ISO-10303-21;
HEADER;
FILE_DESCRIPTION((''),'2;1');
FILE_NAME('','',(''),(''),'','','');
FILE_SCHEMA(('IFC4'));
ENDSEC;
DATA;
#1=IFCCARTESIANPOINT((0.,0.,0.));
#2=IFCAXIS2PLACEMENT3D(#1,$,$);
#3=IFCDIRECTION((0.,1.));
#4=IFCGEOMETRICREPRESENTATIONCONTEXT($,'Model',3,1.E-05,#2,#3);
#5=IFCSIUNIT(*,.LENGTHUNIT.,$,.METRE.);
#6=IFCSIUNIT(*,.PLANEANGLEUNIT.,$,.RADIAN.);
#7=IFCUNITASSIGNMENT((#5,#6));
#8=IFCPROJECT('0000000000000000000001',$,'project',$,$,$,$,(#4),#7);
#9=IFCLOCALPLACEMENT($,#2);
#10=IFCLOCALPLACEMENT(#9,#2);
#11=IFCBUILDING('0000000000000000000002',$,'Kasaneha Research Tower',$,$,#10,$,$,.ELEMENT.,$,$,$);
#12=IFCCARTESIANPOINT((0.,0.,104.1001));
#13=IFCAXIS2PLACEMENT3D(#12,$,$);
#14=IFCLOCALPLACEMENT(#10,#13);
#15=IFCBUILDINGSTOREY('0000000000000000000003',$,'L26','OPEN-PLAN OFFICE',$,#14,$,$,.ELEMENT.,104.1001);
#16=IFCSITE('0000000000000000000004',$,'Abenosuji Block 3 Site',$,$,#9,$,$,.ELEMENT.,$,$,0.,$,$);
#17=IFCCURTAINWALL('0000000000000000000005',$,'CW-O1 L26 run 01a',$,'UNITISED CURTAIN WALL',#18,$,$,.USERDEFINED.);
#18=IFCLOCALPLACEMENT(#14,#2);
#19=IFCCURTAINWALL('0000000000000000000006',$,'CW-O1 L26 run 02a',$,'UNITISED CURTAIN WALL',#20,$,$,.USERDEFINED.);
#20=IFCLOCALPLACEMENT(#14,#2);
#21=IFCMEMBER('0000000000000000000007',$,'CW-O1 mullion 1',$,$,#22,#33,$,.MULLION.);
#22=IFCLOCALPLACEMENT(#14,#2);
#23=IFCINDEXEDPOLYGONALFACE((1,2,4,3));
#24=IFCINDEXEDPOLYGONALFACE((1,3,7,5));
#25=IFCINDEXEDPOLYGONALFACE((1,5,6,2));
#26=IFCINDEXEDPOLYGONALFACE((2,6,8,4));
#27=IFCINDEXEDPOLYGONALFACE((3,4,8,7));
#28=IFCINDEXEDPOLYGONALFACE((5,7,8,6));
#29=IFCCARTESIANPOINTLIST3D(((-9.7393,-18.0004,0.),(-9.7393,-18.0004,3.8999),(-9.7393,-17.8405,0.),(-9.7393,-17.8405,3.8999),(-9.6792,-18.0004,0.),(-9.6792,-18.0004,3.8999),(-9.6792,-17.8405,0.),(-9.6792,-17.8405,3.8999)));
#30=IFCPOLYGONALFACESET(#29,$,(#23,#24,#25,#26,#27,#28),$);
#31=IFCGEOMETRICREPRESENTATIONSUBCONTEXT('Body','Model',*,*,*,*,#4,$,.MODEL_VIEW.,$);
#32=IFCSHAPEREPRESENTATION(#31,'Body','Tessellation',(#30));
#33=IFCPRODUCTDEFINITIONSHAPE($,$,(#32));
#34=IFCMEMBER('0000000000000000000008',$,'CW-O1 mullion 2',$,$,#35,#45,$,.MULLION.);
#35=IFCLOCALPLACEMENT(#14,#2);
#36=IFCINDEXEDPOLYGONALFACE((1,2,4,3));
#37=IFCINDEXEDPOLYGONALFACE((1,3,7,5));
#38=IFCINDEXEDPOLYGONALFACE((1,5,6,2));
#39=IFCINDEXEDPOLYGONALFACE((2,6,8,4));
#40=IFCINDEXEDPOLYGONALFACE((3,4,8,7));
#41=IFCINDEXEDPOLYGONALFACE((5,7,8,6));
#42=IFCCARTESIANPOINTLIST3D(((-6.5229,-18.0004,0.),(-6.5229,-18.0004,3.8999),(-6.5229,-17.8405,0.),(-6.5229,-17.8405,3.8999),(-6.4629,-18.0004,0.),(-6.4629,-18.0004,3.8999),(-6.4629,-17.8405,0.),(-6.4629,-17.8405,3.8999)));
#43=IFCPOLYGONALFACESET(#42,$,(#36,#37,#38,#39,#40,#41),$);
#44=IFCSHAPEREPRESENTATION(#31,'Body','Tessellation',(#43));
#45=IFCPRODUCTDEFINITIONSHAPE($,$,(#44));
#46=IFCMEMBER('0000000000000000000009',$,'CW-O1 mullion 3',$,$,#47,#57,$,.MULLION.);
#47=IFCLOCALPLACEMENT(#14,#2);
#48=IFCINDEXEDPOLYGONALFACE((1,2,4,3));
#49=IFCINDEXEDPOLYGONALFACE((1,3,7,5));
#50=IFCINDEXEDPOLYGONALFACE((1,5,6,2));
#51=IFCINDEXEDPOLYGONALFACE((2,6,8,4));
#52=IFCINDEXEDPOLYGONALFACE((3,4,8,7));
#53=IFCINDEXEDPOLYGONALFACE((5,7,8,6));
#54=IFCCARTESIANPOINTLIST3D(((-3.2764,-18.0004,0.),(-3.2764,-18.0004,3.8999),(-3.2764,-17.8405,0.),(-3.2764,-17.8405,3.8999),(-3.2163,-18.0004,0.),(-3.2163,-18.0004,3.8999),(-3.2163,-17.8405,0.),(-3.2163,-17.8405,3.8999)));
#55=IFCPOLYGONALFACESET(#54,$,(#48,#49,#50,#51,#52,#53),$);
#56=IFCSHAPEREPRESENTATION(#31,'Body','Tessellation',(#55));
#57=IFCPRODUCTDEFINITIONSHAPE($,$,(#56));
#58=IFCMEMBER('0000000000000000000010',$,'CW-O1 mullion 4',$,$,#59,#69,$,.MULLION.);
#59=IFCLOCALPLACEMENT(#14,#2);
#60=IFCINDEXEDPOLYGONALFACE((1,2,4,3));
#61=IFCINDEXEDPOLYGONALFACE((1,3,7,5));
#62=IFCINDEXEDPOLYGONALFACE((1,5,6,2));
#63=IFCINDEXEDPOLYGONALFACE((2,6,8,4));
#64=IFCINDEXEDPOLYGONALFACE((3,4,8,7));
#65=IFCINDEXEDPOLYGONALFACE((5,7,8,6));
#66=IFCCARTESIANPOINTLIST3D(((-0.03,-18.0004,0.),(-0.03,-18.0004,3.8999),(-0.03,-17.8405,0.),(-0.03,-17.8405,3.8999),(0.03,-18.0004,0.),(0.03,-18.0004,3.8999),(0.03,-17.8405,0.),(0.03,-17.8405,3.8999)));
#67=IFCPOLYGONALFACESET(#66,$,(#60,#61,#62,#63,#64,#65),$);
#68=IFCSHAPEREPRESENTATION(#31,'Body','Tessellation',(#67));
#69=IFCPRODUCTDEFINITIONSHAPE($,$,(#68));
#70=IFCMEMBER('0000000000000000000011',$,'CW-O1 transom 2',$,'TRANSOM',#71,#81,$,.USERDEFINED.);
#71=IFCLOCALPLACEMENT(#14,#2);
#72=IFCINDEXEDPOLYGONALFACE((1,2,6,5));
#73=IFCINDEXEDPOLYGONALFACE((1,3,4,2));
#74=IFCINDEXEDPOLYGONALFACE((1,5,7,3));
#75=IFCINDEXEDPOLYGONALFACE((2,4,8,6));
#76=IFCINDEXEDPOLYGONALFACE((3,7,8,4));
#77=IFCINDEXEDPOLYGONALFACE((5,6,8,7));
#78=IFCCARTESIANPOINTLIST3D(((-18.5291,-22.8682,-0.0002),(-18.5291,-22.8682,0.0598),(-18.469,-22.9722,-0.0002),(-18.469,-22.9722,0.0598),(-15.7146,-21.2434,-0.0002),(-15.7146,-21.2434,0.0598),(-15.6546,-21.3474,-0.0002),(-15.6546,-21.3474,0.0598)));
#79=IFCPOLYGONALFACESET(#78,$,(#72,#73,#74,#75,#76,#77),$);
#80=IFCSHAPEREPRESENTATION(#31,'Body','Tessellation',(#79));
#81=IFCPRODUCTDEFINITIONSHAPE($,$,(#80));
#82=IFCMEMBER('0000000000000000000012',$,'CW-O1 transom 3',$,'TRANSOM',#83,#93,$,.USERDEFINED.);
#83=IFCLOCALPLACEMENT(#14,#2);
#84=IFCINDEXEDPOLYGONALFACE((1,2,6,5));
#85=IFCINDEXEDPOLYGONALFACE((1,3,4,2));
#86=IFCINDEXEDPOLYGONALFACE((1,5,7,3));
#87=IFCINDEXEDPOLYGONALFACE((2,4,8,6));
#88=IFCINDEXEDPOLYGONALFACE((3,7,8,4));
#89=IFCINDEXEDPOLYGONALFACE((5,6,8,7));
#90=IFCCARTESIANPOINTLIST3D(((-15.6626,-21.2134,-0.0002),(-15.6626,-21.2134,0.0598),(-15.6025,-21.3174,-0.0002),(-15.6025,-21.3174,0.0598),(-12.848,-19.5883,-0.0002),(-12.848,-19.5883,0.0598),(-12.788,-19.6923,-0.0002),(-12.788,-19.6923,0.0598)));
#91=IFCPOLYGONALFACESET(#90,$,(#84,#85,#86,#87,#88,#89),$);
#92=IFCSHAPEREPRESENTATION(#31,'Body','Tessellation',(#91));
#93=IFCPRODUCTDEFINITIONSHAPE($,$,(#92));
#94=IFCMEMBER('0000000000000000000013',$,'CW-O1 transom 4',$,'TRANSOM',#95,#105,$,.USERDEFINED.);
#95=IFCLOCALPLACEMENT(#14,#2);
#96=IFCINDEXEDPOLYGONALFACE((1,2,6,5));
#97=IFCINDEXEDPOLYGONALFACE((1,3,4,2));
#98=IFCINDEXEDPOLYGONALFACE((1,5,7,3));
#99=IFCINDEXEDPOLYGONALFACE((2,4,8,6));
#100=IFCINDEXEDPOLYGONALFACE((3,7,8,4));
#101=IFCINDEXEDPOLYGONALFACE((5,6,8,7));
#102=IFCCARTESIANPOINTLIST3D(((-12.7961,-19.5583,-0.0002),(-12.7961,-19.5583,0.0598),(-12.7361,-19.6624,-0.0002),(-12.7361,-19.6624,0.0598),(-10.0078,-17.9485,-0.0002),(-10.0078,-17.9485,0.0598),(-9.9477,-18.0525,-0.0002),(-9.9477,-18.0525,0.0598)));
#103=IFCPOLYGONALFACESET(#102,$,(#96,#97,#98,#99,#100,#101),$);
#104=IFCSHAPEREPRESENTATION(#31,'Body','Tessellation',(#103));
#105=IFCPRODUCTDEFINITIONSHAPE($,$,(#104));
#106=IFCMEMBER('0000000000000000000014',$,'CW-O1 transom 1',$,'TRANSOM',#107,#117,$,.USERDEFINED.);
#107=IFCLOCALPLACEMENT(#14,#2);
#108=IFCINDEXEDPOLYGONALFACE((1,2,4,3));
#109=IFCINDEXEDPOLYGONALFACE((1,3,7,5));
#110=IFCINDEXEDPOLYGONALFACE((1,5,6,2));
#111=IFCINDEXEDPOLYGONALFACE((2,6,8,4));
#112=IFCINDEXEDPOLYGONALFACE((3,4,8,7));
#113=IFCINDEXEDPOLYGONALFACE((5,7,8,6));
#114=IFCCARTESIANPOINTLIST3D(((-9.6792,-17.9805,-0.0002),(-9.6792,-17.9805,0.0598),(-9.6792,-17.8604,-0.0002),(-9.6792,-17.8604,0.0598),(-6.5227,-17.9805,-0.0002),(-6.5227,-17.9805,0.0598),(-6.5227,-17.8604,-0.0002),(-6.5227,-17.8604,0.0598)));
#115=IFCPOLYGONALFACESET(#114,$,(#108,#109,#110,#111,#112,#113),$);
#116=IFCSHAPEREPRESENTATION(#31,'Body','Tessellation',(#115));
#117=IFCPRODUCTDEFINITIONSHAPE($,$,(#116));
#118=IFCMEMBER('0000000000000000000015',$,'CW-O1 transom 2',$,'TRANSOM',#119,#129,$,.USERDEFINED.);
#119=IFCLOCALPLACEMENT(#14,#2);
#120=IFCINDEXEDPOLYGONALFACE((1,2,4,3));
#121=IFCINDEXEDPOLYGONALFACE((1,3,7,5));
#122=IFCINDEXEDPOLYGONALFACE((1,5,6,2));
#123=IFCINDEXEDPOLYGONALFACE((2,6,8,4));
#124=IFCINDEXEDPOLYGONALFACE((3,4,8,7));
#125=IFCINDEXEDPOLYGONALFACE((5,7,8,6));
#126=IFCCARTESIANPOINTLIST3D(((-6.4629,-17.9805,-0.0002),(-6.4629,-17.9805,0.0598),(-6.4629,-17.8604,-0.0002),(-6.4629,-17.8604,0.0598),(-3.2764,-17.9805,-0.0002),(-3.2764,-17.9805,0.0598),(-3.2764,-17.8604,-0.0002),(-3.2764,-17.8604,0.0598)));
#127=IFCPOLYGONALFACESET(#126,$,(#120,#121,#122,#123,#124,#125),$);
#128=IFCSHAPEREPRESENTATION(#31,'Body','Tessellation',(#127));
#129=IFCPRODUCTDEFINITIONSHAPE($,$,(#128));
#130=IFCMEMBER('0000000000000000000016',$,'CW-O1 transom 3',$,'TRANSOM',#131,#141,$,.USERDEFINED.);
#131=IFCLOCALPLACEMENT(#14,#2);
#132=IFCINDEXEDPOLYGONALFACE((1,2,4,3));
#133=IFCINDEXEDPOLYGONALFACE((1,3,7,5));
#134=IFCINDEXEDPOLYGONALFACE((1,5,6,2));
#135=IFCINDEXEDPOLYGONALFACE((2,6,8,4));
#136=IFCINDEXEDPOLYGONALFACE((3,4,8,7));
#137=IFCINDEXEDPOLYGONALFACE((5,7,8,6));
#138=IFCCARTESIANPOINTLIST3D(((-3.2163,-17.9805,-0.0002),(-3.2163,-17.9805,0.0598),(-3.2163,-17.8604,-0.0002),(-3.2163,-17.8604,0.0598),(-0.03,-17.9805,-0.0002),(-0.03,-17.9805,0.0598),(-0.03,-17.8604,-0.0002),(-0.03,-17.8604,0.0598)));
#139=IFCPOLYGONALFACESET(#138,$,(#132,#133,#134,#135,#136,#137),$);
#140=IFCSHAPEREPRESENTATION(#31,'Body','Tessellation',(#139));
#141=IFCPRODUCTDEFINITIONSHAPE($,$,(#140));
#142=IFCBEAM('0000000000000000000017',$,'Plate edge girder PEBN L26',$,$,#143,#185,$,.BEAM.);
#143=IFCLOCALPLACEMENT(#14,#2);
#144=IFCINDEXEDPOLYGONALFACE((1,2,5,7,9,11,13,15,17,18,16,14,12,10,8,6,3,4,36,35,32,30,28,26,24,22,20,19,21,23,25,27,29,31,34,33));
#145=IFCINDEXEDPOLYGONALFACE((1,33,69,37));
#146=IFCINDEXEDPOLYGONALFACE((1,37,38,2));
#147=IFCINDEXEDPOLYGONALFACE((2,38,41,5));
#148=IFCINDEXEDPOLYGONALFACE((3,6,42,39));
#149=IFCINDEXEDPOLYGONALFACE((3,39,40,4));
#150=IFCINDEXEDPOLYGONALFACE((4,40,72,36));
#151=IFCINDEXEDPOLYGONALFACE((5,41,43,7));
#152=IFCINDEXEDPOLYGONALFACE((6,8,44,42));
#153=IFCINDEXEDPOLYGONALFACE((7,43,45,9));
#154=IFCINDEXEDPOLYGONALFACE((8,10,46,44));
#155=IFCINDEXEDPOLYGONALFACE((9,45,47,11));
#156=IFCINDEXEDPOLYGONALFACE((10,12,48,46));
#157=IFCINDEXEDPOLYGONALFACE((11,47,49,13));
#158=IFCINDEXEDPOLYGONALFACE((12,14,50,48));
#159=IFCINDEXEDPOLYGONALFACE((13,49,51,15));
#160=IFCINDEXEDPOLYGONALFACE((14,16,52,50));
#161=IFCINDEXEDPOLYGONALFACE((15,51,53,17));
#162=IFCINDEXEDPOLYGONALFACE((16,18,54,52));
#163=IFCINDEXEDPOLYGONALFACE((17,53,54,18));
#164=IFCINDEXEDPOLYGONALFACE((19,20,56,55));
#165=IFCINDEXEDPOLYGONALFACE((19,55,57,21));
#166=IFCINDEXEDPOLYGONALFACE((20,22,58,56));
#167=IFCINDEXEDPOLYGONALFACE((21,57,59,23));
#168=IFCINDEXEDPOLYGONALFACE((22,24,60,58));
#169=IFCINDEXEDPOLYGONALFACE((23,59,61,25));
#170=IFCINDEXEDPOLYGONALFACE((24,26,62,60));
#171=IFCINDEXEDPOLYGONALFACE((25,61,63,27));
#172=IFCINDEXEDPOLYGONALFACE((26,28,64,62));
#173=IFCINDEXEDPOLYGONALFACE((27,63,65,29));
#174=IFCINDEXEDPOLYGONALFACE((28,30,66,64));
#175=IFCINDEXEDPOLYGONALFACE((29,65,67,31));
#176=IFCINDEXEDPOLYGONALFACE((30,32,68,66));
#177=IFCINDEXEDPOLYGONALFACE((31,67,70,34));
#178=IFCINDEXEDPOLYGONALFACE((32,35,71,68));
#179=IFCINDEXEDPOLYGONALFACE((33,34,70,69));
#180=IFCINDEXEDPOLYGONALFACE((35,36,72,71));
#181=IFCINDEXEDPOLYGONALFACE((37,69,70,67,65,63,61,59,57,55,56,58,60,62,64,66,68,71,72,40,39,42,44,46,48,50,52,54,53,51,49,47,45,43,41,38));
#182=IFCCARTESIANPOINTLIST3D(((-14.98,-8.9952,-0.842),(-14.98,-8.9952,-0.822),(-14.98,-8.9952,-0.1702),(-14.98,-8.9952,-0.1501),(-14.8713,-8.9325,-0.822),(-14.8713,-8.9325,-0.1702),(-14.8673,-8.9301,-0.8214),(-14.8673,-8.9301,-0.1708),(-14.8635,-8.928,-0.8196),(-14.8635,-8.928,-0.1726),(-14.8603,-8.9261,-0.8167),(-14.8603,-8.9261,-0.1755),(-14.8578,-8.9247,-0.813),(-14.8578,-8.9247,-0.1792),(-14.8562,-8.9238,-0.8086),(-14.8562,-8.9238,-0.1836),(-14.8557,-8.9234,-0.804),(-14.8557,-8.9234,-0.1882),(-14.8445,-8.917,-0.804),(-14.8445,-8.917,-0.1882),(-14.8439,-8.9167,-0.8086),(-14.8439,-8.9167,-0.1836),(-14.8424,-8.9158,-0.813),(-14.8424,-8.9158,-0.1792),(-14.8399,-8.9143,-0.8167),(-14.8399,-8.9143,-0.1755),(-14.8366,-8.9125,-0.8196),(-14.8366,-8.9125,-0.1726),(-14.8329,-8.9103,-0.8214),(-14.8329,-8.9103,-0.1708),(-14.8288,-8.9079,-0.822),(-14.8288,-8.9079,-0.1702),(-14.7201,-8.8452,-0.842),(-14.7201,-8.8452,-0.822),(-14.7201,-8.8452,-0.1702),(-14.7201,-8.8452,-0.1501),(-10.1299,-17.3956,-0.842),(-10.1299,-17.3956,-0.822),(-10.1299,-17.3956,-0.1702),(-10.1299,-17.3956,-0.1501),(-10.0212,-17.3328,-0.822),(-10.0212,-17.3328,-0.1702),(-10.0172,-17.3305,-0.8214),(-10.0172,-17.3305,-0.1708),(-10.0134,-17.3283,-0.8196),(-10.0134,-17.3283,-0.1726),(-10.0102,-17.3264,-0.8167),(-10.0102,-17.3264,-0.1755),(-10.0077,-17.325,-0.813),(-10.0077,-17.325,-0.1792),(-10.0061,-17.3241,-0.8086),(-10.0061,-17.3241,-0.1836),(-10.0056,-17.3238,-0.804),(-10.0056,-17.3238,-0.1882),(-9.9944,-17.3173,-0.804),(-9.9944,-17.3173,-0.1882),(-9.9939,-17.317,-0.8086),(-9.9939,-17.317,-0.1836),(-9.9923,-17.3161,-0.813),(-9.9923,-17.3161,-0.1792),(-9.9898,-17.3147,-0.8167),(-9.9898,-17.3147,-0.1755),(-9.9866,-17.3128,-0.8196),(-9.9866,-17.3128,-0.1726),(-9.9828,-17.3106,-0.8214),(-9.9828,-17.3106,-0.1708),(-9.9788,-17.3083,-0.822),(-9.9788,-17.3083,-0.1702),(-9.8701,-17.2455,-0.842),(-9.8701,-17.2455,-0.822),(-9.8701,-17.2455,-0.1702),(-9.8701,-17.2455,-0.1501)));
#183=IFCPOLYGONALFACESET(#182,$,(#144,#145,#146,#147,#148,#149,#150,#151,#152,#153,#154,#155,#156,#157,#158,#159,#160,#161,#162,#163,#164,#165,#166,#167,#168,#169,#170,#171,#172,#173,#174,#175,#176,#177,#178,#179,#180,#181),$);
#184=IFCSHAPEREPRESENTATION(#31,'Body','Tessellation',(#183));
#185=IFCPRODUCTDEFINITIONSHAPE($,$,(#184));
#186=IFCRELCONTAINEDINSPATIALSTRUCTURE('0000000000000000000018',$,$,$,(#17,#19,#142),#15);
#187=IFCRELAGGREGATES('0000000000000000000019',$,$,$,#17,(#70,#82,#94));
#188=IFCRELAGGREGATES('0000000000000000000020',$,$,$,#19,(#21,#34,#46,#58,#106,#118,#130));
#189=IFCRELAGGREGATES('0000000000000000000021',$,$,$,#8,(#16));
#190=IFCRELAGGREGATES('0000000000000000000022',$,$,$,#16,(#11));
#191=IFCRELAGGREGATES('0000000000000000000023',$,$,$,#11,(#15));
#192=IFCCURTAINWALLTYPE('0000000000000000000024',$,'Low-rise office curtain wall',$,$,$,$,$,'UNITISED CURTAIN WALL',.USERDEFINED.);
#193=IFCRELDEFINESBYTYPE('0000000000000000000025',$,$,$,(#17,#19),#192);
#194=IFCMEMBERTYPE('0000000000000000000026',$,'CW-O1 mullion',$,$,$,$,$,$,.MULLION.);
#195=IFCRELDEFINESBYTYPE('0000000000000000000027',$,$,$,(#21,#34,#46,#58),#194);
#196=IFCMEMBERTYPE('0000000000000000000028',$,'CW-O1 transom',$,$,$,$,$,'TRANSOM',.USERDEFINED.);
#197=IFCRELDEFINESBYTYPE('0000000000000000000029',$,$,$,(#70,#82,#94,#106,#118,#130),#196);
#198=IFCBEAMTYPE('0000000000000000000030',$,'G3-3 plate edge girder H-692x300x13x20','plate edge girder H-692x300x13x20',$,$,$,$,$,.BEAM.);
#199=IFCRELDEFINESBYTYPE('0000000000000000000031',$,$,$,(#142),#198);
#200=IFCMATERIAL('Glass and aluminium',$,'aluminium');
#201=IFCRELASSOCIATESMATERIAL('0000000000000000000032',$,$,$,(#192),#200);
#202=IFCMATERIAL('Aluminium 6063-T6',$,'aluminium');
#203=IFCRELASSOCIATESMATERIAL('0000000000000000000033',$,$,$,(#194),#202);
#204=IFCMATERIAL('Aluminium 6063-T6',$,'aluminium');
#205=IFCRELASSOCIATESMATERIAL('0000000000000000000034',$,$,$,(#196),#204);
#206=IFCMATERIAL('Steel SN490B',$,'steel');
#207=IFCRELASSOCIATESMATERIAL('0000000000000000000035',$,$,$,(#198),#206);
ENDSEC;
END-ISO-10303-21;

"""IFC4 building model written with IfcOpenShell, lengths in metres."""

from ifc_helpers import new_model, si_unit, direction, frame, origin, origin_2d, place, context, subcontext, project, spatial, rectangle, i_section, extrude, material, material_profile, profile_set, type_object, element, aggregate, save


model = new_model("IFC4")

# Units and contexts
model_context = context("Model", 3, precision=1e-05, world=origin(), true_north=direction((0.0, 1.0)))
body_context = subcontext(model_context, "Body", "Model", "MODEL_VIEW")
ifc_project = project(units=[si_unit("LENGTHUNIT", "METRE"), si_unit("PLANEANGLEUNIT", "RADIAN")], contexts=[model_context])

# Site, building, storey
site_placement = place(None, origin())
site = spatial("IfcSite", under=ifc_project, at=site_placement, Name="Abenosuji Block 3 Site", CompositionType="ELEMENT", RefElevation=0.0)
building_placement = place(site_placement, origin())
building = spatial("IfcBuilding", under=site, at=building_placement, Name="Kasaneha Research Tower", CompositionType="ELEMENT")
storey_placement = place(building_placement, frame((0.0, 0.0, 104.1001)))
storey = spatial("IfcBuildingStorey", under=building, at=storey_placement, Name="L26", Description="OPEN-PLAN OFFICE", CompositionType="ELEMENT", Elevation=104.1001)

# Curtain walls, members
ifc_material_1 = material(Name="Glass and aluminium", Category="aluminium")
curtain_wall_type = type_object("IfcCurtainWallType", Name="Low-rise office curtain wall", ElementType="UNITISED CURTAIN WALL", PredefinedType="USERDEFINED", material=ifc_material_1)
curtain_wall_1_placement = place(storey_placement, origin())
curtain_wall_1 = element("IfcCurtainWall", 1, at=curtain_wall_1_placement, inside=storey, type_object=curtain_wall_type, Name="CW-O1 L26 run 01a", ObjectType="UNITISED CURTAIN WALL", PredefinedType="USERDEFINED")
ifc_material_2 = material(Name="Aluminium 6063-T6", Category="aluminium")
ifc_material_profile_1 = material_profile(ifc_material_2, rectangle(XDim=0.0601, YDim=0.1599, at=origin_2d()), Name="CW-O1 mullion 60x160")
ifc_profile_set_1 = profile_set([ifc_material_profile_1], Name="Aluminium 6063-T6")
member_type_1 = type_object("IfcMemberType", Name="CW-O1 mullion", PredefinedType="MULLION", material=ifc_profile_set_1)
curtain_wall_2_placement = place(storey_placement, origin())
curtain_wall_2 = element("IfcCurtainWall", 2, at=curtain_wall_2_placement, inside=storey, type_object=curtain_wall_type, Name="CW-O1 L26 run 02a", ObjectType="UNITISED CURTAIN WALL", PredefinedType="USERDEFINED")
member_1_placement = place(storey_placement, frame((-9.7092, -17.9204, 0.0), z_axis=(0.0, 0.0, 1.0), x_axis=(1.0, 0.0, 0.0)))
member_1 = element("IfcMember", 3, at=member_1_placement, type_object=member_type_1, Name="CW-O1 mullion 1", PredefinedType="MULLION", context=body_context, shape_type="SweptSolid", body=[
    extrude(rectangle(XDim=0.0601, YDim=0.1599, at=origin_2d()), origin(), (0.0, 0.0, 1.0), 3.8999),
])
member_2_placement = place(storey_placement, frame((-6.4929, -17.9204, 0.0), z_axis=(0.0, 0.0, 1.0), x_axis=(1.0, 0.0, 0.0)))
member_2 = element("IfcMember", 4, at=member_2_placement, type_object=member_type_1, Name="CW-O1 mullion 2", PredefinedType="MULLION", context=body_context, shape_type="SweptSolid", body=[
    extrude(rectangle(XDim=0.0601, YDim=0.1599, at=origin_2d()), origin(), (0.0, 0.0, 1.0), 3.8999),
])
member_3_placement = place(storey_placement, frame((-3.2463, -17.9204, 0.0), z_axis=(0.0, 0.0, 1.0), x_axis=(1.0, 0.0, 0.0)))
member_3 = element("IfcMember", 5, at=member_3_placement, type_object=member_type_1, Name="CW-O1 mullion 3", PredefinedType="MULLION", context=body_context, shape_type="SweptSolid", body=[
    extrude(rectangle(XDim=0.0601, YDim=0.1599, at=origin_2d()), origin(), (0.0, 0.0, 1.0), 3.8999),
])
member_4_placement = place(storey_placement, frame((0.0, -17.9204, 0.0), z_axis=(0.0, 0.0, 1.0), x_axis=(1.0, 0.0, 0.0)))
member_4 = element("IfcMember", 6, at=member_4_placement, type_object=member_type_1, Name="CW-O1 mullion 4", PredefinedType="MULLION", context=body_context, shape_type="SweptSolid", body=[
    extrude(rectangle(XDim=0.0601, YDim=0.1599, at=origin_2d()), origin(), (0.0, 0.0, 1.0), 3.8999),
])

# Members
ifc_material_3 = material(Name="Aluminium 6063-T6", Category="aluminium")
ifc_material_profile_2 = material_profile(ifc_material_3, rectangle(XDim=0.1201, YDim=0.0601, at=origin_2d()), Name="CW-O1 transom 120x60")
ifc_profile_set_2 = profile_set([ifc_material_profile_2], Name="Aluminium 6063-T6")
member_type_2 = type_object("IfcMemberType", Name="CW-O1 transom", ElementType="TRANSOM", PredefinedType="USERDEFINED", material=ifc_profile_set_2)
member_5_placement = place(storey_placement, frame((-18.499, -22.9202, 0.0298), z_axis=(0.866048, 0.499961, 0.0), x_axis=(-0.499961, 0.866048, 0.0)))
member_5 = element("IfcMember", 7, at=member_5_placement, type_object=member_type_2, Name="CW-O1 transom 2", ObjectType="TRANSOM", PredefinedType="USERDEFINED", context=body_context, shape_type="SweptSolid", body=[
    extrude(rectangle(XDim=0.1201, YDim=0.0601, at=origin_2d()), origin(), (0.0, 0.0, 1.0), 3.2498),
])
member_6_placement = place(storey_placement, frame((-15.6326, -21.2654, 0.0298), z_axis=(0.866015, 0.500017, 0.0), x_axis=(-0.500017, 0.866015, 0.0)))
member_6 = element("IfcMember", 8, at=member_6_placement, type_object=member_type_2, Name="CW-O1 transom 3", ObjectType="TRANSOM", PredefinedType="USERDEFINED", context=body_context, shape_type="SweptSolid", body=[
    extrude(rectangle(XDim=0.1201, YDim=0.0601, at=origin_2d()), origin(), (0.0, 0.0, 1.0), 3.25),
])
member_7_placement = place(storey_placement, frame((-12.7661, -19.6104, 0.0298), z_axis=(0.866023, 0.500005, 0.0), x_axis=(-0.500005, 0.866023, 0.0)))
member_7 = element("IfcMember", 9, at=member_7_placement, type_object=member_type_2, Name="CW-O1 transom 4", ObjectType="TRANSOM", PredefinedType="USERDEFINED", context=body_context, shape_type="SweptSolid", body=[
    extrude(rectangle(XDim=0.1201, YDim=0.0601, at=origin_2d()), origin(), (0.0, 0.0, 1.0), 3.2197),
])
member_8_placement = place(storey_placement, frame((-9.6792, -17.9204, 0.0298), z_axis=(1.0, 0.0, 0.0), x_axis=(0.0, 1.0, 0.0)))
member_8 = element("IfcMember", 10, at=member_8_placement, type_object=member_type_2, Name="CW-O1 transom 1", ObjectType="TRANSOM", PredefinedType="USERDEFINED", context=body_context, shape_type="SweptSolid", body=[
    extrude(rectangle(XDim=0.1201, YDim=0.0601, at=origin_2d()), origin(), (0.0, 0.0, 1.0), 3.1565),
])
member_9_placement = place(storey_placement, frame((-6.4629, -17.9204, 0.0298), z_axis=(1.0, 0.0, 0.0), x_axis=(0.0, 1.0, 0.0)))
member_9 = element("IfcMember", 11, at=member_9_placement, type_object=member_type_2, Name="CW-O1 transom 2", ObjectType="TRANSOM", PredefinedType="USERDEFINED", context=body_context, shape_type="SweptSolid", body=[
    extrude(rectangle(XDim=0.1201, YDim=0.0601, at=origin_2d()), origin(), (0.0, 0.0, 1.0), 3.1865),
])
member_10_placement = place(storey_placement, frame((-3.2163, -17.9204, 0.0298), z_axis=(1.0, 0.0, 0.0), x_axis=(0.0, 1.0, 0.0)))
member_10 = element("IfcMember", 12, at=member_10_placement, type_object=member_type_2, Name="CW-O1 transom 3", ObjectType="TRANSOM", PredefinedType="USERDEFINED", context=body_context, shape_type="SweptSolid", body=[
    extrude(rectangle(XDim=0.1201, YDim=0.0601, at=origin_2d()), origin(), (0.0, 0.0, 1.0), 3.1863),
])

# Beam
ifc_material_4 = material(Name="Steel SN490B", Category="steel")
ifc_material_profile_3 = material_profile(ifc_material_4, i_section(OverallWidth=0.3, OverallDepth=0.6919, WebThickness=0.0129, FlangeThickness=0.02, FilletRadius=0.0181, at=origin_2d()), Name="H-692x300x13x20")
ifc_profile_set_3 = profile_set([ifc_material_profile_3], Name="Steel SN490B")
beam_type_1 = type_object("IfcBeamType", Name="G3-3 plate edge girder H-692x300x13x20", Description="plate edge girder H-692x300x13x20", PredefinedType="BEAM", material=ifc_profile_set_3)
beam_1_placement = place(storey_placement, frame((-10.0, -17.3206, -0.4961), z_axis=(-0.50001, 0.86602, 0.0), x_axis=(-0.86602, -0.50001, 0.0)))
element("IfcBeam", 13, at=beam_1_placement, inside=storey, type_object=beam_type_1, Name="Plate edge girder PEBN L26", PredefinedType="BEAM", context=body_context, shape_type="SweptSolid", body=[
    extrude(i_section(OverallWidth=0.3, OverallDepth=0.6919, WebThickness=0.0129, FlangeThickness=0.02, FilletRadius=0.0181, at=origin_2d()), origin(), (0.0, 0.0, 1.0), 9.7),
])

aggregate(curtain_wall_1, [member_5, member_6, member_7])
aggregate(curtain_wall_2, [member_1, member_2, member_3, member_4, member_8, member_9, member_10])

save(model, "model.ifc")
